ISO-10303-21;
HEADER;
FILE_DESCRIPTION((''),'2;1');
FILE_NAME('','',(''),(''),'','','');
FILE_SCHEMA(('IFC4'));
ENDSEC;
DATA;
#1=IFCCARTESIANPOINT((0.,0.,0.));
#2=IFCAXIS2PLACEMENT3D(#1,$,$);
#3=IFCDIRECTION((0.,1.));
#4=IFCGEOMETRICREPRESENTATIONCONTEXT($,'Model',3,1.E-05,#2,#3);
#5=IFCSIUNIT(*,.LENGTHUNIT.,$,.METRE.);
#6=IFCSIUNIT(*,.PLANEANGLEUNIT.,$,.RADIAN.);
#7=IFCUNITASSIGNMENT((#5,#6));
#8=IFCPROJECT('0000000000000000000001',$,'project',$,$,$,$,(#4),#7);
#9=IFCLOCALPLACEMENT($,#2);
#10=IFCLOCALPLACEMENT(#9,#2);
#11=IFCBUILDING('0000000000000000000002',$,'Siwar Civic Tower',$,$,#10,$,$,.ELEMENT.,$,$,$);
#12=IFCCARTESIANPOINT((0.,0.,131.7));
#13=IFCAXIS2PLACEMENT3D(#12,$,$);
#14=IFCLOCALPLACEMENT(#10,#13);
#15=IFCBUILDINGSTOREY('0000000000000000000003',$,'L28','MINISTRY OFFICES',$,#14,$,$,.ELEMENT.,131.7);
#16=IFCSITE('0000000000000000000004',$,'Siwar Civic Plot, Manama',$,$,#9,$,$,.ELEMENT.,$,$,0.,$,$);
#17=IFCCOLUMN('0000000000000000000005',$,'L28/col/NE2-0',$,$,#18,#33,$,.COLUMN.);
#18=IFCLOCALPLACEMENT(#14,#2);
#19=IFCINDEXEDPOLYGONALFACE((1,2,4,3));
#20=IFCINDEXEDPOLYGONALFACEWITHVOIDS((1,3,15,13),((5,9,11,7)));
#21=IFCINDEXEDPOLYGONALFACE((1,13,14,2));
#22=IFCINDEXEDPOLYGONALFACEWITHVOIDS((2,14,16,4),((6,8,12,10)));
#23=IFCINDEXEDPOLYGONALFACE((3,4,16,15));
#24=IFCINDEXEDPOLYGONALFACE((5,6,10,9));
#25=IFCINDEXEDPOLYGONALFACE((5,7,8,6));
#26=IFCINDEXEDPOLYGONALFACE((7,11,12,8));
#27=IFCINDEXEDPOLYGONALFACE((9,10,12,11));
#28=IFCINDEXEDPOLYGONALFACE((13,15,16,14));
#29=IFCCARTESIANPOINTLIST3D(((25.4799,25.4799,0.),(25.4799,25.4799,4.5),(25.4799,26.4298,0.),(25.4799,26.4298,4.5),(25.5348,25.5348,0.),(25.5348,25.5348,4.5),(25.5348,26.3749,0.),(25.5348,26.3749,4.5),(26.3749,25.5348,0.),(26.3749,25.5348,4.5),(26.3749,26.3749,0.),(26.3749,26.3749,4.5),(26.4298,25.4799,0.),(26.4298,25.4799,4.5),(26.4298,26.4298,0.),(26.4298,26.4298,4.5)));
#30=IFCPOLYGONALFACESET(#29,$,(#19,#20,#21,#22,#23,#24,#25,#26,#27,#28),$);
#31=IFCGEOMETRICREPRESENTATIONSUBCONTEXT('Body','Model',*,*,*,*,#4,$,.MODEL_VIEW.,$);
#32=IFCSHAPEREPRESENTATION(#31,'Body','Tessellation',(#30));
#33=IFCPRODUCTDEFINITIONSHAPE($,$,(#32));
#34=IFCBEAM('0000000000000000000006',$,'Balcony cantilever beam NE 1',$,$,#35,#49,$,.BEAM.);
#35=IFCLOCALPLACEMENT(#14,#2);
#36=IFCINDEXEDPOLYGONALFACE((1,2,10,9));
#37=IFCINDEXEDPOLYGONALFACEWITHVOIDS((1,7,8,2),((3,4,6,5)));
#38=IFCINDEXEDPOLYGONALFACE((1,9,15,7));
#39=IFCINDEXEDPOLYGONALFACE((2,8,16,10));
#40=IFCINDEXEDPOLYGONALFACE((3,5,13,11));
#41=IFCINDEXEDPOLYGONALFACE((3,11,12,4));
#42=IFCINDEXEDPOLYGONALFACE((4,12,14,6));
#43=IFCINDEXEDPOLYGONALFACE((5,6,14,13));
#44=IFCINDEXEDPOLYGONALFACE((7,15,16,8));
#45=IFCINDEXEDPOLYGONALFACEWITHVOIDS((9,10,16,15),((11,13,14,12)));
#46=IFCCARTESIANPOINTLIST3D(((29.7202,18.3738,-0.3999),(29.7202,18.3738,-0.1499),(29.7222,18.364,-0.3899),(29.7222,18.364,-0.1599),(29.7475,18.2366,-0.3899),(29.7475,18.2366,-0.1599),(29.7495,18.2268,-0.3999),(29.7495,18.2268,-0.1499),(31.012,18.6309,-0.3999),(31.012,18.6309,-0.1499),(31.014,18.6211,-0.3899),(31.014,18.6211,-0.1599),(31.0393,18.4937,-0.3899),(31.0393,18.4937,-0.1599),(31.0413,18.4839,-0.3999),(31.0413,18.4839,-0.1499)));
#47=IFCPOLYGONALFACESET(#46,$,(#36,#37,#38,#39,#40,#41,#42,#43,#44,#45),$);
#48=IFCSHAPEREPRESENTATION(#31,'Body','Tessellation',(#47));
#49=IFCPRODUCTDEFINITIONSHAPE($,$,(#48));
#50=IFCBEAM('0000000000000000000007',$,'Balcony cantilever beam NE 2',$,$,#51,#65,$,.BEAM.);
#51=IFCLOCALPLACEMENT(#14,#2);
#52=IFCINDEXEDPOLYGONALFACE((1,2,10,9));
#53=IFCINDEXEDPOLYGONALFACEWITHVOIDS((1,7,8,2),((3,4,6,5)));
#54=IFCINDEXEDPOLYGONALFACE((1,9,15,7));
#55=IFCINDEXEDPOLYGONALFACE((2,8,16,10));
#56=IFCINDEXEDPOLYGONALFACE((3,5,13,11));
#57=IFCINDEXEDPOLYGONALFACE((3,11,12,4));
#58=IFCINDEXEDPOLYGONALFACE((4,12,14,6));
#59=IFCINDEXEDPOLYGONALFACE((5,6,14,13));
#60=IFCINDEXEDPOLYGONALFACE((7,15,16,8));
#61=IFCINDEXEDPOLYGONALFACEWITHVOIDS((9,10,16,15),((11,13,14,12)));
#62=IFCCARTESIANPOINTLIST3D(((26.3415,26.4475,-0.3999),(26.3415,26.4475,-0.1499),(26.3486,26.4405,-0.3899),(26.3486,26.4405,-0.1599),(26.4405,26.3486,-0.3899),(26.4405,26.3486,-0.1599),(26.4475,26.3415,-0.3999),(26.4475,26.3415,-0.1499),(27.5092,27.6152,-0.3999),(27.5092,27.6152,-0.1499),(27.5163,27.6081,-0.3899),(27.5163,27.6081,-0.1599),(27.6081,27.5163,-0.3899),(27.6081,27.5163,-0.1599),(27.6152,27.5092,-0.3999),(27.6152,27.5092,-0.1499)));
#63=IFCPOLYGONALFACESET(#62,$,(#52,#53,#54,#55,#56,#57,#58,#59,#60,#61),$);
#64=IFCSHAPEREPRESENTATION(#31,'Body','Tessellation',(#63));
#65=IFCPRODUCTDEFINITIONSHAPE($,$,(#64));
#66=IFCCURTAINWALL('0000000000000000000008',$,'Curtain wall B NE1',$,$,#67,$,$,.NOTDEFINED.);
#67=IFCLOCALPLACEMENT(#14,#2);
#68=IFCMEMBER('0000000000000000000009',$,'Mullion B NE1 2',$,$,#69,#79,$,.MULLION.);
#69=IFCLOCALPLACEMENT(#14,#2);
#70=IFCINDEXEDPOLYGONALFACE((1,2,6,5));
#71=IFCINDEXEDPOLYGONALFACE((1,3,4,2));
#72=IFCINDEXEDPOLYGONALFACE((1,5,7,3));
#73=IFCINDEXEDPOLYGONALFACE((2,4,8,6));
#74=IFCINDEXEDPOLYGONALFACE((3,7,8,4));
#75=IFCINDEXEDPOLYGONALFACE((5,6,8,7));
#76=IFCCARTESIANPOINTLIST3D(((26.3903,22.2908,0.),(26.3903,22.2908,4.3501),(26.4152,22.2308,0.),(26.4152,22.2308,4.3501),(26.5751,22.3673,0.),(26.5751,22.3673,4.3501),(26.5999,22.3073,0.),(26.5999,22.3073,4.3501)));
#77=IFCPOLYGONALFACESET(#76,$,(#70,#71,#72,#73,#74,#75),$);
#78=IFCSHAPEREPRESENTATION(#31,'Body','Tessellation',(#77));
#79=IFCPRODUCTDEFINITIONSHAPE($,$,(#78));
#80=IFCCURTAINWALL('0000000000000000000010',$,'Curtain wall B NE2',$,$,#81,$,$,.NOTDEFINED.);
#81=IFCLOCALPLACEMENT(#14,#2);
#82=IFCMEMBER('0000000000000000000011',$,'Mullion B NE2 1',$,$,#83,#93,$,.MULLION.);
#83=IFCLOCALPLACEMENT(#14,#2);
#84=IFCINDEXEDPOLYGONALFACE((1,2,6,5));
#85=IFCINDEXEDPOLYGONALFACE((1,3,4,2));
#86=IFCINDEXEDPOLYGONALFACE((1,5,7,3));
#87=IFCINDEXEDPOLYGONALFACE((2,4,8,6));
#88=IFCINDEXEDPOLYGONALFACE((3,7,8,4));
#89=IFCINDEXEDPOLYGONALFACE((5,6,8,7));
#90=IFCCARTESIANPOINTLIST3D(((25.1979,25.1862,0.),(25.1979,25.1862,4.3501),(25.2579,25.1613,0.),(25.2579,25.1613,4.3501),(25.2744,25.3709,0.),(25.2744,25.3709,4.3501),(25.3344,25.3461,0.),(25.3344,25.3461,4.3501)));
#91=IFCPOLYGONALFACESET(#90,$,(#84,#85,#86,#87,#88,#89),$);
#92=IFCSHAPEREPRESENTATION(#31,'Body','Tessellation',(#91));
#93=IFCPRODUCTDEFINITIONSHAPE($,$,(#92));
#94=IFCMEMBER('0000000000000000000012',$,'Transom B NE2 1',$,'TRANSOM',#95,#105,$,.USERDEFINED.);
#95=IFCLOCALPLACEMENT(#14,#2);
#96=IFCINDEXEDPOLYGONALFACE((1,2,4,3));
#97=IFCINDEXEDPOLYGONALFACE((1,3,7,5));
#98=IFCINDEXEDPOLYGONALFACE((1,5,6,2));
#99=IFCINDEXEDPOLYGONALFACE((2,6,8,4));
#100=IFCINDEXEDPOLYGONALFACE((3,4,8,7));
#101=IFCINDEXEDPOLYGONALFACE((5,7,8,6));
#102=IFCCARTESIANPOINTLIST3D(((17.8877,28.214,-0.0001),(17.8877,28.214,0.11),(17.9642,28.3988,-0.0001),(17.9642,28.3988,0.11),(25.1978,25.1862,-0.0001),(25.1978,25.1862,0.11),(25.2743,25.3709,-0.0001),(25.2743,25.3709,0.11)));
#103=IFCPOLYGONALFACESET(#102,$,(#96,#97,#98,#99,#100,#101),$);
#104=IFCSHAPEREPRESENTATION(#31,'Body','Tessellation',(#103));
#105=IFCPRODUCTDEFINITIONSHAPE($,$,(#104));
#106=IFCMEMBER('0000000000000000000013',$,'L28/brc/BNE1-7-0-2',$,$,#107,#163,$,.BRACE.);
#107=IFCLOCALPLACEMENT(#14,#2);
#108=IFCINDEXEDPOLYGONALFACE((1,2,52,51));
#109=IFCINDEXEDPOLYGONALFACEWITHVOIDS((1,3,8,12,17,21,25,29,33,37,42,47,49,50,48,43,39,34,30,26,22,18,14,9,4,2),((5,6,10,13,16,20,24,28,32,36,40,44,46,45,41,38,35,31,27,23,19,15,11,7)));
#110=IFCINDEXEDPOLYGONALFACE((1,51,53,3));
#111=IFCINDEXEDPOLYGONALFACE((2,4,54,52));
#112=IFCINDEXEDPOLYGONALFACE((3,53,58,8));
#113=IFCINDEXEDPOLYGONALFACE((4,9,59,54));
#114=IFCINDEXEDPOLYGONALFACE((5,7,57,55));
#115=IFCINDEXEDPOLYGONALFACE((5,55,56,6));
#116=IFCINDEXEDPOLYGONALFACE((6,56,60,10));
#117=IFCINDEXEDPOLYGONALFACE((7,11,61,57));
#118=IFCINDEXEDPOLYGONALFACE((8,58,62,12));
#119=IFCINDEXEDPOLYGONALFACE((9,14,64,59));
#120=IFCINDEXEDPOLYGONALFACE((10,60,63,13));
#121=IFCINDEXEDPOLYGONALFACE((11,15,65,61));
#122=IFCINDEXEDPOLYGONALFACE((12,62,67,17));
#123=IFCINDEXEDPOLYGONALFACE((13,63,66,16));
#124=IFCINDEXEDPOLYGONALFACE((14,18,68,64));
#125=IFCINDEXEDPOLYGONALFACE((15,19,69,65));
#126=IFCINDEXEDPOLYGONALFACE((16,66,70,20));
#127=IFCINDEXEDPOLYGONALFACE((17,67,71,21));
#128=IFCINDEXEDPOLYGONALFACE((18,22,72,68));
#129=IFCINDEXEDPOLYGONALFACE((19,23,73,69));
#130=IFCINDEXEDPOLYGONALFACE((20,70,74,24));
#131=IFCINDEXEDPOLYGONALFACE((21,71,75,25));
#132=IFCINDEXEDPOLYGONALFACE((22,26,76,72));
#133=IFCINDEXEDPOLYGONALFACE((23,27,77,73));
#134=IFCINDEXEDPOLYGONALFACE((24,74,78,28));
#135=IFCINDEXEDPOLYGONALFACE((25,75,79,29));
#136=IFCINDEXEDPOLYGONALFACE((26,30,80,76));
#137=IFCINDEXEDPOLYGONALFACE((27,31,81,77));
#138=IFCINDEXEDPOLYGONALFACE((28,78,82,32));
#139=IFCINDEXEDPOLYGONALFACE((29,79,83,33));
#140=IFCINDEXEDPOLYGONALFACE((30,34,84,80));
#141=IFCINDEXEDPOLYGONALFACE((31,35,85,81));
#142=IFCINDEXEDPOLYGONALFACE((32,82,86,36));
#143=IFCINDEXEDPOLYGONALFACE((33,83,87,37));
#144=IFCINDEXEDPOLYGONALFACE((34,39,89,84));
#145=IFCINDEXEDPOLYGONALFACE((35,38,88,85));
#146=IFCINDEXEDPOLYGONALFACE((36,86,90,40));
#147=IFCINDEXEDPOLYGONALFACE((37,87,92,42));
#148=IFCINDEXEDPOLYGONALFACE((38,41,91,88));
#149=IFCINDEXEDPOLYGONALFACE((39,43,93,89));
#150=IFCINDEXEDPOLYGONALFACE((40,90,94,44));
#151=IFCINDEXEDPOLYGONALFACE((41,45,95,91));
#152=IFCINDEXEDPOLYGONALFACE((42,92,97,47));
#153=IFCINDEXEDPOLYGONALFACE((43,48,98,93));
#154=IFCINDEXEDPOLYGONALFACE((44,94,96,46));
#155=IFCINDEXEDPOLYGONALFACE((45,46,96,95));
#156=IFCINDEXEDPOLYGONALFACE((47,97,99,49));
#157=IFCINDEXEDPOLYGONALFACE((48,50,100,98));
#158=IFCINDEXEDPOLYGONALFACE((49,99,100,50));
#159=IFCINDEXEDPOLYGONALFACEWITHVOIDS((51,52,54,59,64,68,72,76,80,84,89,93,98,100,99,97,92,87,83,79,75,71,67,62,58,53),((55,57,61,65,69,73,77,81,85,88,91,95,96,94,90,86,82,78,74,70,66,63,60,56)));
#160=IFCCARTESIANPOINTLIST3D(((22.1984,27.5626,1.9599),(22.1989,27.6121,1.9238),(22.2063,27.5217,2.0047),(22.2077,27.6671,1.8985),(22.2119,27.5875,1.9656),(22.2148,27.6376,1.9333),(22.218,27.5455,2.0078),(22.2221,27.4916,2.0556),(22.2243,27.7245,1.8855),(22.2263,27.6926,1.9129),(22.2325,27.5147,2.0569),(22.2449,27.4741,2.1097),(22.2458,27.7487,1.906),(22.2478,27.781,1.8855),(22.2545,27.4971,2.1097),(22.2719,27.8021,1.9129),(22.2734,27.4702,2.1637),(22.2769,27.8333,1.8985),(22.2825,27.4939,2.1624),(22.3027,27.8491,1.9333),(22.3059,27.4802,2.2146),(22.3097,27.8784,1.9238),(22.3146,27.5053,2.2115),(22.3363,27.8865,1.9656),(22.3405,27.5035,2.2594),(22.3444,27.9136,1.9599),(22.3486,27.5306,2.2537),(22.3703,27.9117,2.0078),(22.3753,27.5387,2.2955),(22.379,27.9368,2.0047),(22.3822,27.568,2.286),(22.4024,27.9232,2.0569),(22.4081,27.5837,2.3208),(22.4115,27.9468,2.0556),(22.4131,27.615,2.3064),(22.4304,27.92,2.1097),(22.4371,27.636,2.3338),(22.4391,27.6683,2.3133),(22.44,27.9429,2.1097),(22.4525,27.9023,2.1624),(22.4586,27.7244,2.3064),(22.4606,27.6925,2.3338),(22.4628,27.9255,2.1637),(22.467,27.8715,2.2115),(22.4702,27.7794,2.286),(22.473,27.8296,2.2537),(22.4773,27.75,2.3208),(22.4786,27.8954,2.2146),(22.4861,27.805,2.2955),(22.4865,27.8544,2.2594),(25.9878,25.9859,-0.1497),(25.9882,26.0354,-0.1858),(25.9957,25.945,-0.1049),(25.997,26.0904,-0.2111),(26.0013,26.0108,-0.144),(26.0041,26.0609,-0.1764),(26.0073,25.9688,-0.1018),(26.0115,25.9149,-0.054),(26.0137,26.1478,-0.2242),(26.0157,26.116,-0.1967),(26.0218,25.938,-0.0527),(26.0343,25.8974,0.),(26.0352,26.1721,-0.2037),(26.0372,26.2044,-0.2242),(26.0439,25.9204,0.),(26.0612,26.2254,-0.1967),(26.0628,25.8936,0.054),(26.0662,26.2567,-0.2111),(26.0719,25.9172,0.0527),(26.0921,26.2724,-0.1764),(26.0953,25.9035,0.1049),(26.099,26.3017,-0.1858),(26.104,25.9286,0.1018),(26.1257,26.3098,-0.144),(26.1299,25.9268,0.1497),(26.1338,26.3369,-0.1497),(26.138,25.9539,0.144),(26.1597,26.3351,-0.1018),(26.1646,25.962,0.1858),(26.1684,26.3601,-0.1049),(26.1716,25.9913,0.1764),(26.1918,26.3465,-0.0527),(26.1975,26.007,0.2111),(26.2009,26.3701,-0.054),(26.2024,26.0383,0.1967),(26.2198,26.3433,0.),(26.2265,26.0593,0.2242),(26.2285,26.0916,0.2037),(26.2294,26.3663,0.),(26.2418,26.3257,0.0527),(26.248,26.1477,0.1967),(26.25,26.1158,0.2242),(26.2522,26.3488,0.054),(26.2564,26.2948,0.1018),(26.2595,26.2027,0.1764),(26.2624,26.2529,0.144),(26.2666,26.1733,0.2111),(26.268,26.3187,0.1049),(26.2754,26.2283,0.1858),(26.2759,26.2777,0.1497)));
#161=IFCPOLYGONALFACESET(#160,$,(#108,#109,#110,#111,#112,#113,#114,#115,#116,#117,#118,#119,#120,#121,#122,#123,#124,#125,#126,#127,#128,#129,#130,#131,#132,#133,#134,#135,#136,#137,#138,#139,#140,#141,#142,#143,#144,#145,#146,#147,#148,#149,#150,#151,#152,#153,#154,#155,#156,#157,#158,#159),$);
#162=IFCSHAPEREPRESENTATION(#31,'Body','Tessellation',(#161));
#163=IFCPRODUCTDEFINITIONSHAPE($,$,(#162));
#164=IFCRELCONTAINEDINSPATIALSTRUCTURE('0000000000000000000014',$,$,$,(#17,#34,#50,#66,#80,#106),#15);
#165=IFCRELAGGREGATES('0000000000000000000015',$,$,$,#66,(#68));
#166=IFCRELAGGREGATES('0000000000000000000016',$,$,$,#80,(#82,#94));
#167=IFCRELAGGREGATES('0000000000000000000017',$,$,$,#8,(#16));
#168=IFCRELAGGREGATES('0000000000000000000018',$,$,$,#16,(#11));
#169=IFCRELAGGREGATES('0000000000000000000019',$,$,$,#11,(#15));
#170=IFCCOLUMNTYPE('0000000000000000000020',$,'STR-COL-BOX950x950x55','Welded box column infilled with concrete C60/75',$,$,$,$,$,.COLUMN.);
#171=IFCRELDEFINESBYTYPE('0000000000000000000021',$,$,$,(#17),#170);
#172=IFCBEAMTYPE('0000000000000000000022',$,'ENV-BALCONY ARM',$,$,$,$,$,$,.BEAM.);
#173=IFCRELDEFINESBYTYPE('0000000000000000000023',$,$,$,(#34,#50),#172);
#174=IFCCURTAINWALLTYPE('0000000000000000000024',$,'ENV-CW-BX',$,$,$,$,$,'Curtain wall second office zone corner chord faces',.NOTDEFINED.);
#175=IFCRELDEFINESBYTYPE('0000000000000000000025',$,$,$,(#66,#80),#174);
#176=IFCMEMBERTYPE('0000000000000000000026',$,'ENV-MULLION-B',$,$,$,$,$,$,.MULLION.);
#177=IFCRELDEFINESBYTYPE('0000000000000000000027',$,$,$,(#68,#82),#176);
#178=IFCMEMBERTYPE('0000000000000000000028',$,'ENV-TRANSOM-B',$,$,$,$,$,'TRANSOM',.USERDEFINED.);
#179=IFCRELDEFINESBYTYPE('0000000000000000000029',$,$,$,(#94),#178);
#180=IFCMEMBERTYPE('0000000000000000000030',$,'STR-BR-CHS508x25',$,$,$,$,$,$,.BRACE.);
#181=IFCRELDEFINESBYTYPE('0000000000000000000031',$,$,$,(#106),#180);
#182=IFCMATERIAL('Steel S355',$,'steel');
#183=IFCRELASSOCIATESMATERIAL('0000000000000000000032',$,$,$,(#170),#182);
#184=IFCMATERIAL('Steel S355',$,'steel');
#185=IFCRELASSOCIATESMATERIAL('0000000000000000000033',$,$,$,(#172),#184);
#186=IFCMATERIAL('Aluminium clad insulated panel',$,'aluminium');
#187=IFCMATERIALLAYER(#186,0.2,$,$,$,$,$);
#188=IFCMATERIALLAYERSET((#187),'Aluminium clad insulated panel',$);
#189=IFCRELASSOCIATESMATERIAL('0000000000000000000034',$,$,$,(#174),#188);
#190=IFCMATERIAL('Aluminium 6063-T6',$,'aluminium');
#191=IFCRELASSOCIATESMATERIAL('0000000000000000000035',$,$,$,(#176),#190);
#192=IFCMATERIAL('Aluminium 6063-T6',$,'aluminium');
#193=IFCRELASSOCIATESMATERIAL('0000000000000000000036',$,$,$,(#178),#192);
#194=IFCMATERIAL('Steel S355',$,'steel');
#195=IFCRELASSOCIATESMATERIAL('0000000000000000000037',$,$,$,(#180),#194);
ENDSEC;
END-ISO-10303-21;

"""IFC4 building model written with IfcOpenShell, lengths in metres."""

from ifc_helpers import new_model, si_unit, direction, frame, origin, origin_2d, place, context, subcontext, project, spatial, rectangle, hollow_rectangle, hollow_circle, extrude, material, layer, layer_set, material_profile, profile_set, type_object, element, aggregate, save


model = new_model("IFC4")

# Units and contexts
model_context = context("Model", 3, precision=1e-05, world=origin(), true_north=direction((0.0, 1.0)))
body_context = subcontext(model_context, "Body", "Model", "MODEL_VIEW")
ifc_project = project(units=[si_unit("LENGTHUNIT", "METRE"), si_unit("PLANEANGLEUNIT", "RADIAN")], contexts=[model_context])

# Site, building, storey
site_placement = place(None, origin())
site = spatial("IfcSite", under=ifc_project, at=site_placement, Name="Siwar Civic Plot, Manama", CompositionType="ELEMENT", RefElevation=0.0)
building_placement = place(site_placement, origin())
building = spatial("IfcBuilding", under=site, at=building_placement, Name="Siwar Civic Tower", CompositionType="ELEMENT")
storey_placement = place(building_placement, frame((0.0, 0.0, 131.7)))
storey = spatial("IfcBuildingStorey", under=building, at=storey_placement, Name="L28", Description="MINISTRY OFFICES", CompositionType="ELEMENT", Elevation=131.7)

# Column
ifc_material_1 = material(Name="Steel S355", Category="steel")
ifc_material_profile_1 = material_profile(ifc_material_1, hollow_rectangle(XDim=0.95, YDim=0.95, WallThickness=0.0549, at=origin_2d()), Name="BOX950x950x55")
ifc_profile_set_1 = profile_set([ifc_material_profile_1], Name="Steel S355")
column_type = type_object("IfcColumnType", Name="STR-COL-BOX950x950x55", Description="Welded box column infilled with concrete C60/75", PredefinedType="COLUMN", material=ifc_profile_set_1)
column_placement = place(storey_placement, frame((25.9548, 25.9548, 0.0), z_axis=(0.0, 0.0, 1.0), x_axis=(1.0, 0.0, 0.0)))
element("IfcColumn", 1, at=column_placement, inside=storey, type_object=column_type, Name="L28/col/NE2-0", PredefinedType="COLUMN", context=body_context, shape_type="SweptSolid", body=[
    extrude(hollow_rectangle(XDim=0.95, YDim=0.95, WallThickness=0.0549, at=origin_2d()), origin(), (0.0, 0.0, 1.0), 4.5),
])

# Beams
ifc_material_2 = material(Name="Steel S355", Category="steel")
ifc_material_profile_2 = material_profile(ifc_material_2, hollow_rectangle(XDim=0.1499, YDim=0.25, WallThickness=0.01, at=origin_2d()), Name="RHS250x150x10")
ifc_profile_set_2 = profile_set([ifc_material_profile_2], Name="Steel S355")
beam_type_1 = type_object("IfcBeamType", Name="ENV-BALCONY ARM", PredefinedType="BEAM", material=ifc_profile_set_2)
beam_1_placement = place(storey_placement, frame((29.7349, 18.3003, -0.2749), z_axis=(0.980766, 0.195189, 0.0), x_axis=(-0.195189, 0.980766, 0.0)))
element("IfcBeam", 2, at=beam_1_placement, inside=storey, type_object=beam_type_1, Name="Balcony cantilever beam NE 1", PredefinedType="BEAM", context=body_context, shape_type="SweptSolid", body=[
    extrude(hollow_rectangle(XDim=0.1499, YDim=0.25, WallThickness=0.01, at=origin_2d()), origin(), (0.0, 0.0, 1.0), 1.3171),
])
beam_2_placement = place(storey_placement, frame((26.3945, 26.3945, -0.2749), z_axis=(0.707107, 0.707107, 0.0), x_axis=(-0.707107, 0.707107, 0.0)))
element("IfcBeam", 3, at=beam_2_placement, inside=storey, type_object=beam_type_1, Name="Balcony cantilever beam NE 2", PredefinedType="BEAM", context=body_context, shape_type="SweptSolid", body=[
    extrude(hollow_rectangle(XDim=0.1499, YDim=0.25, WallThickness=0.01, at=origin_2d()), origin(), (0.0, 0.0, 1.0), 1.6514),
])

# Curtain wall, member
ifc_material_3 = material(Name="Aluminium clad insulated panel", Category="aluminium")
ifc_layer_1 = layer(ifc_material_3, 0.2)
ifc_layer_set_1 = layer_set([ifc_layer_1], Name="Aluminium clad insulated panel")
curtain_wall_type = type_object("IfcCurtainWallType", Name="ENV-CW-BX", ElementType="Curtain wall second office zone corner chord faces", PredefinedType="NOTDEFINED", material=ifc_layer_set_1)
curtain_wall_1_placement = place(storey_placement, origin())
curtain_wall_1 = element("IfcCurtainWall", 4, at=curtain_wall_1_placement, inside=storey, type_object=curtain_wall_type, Name="Curtain wall B NE1", PredefinedType="NOTDEFINED")
ifc_material_4 = material(Name="Aluminium 6063-T6", Category="aluminium")
ifc_material_profile_3 = material_profile(ifc_material_4, rectangle(XDim=0.2, YDim=0.0649, at=origin_2d()), Name="AL 200x65")
ifc_profile_set_3 = profile_set([ifc_material_profile_3], Name="Aluminium 6063-T6")
member_type_1 = type_object("IfcMemberType", Name="ENV-MULLION-B", PredefinedType="MULLION", material=ifc_profile_set_3)
member_1_placement = place(storey_placement, frame((26.4951, 22.2991, 0.0), z_axis=(0.0, 0.0, 1.0), x_axis=(-0.92388, -0.382683, 0.0)))
member_1 = element("IfcMember", 5, at=member_1_placement, type_object=member_type_1, Name="Mullion B NE1 2", PredefinedType="MULLION", context=body_context, shape_type="SweptSolid", body=[
    extrude(rectangle(XDim=0.2, YDim=0.0649, at=origin_2d()), origin(), (0.0, 0.0, 1.0), 4.3501),
])

# Curtain wall, members
curtain_wall_2_placement = place(storey_placement, origin())
curtain_wall_2 = element("IfcCurtainWall", 6, at=curtain_wall_2_placement, inside=storey, type_object=curtain_wall_type, Name="Curtain wall B NE2", PredefinedType="NOTDEFINED")
member_2_placement = place(storey_placement, frame((25.2661, 25.2661, 0.0), z_axis=(0.0, 0.0, 1.0), x_axis=(-0.382683, -0.92388, 0.0)))
member_2 = element("IfcMember", 7, at=member_2_placement, type_object=member_type_1, Name="Mullion B NE2 1", PredefinedType="MULLION", context=body_context, shape_type="SweptSolid", body=[
    extrude(rectangle(XDim=0.2, YDim=0.0649, at=origin_2d()), origin(), (0.0, 0.0, 1.0), 4.3501),
])
ifc_material_5 = material(Name="Aluminium 6063-T6", Category="aluminium")
ifc_material_profile_4 = material_profile(ifc_material_5, rectangle(XDim=0.2, YDim=0.1101, at=origin_2d()), Name="AL 200x110")
ifc_profile_set_4 = profile_set([ifc_material_profile_4], Name="Aluminium 6063-T6")
member_type_2 = type_object("IfcMemberType", Name="ENV-TRANSOM-B", ElementType="TRANSOM", PredefinedType="USERDEFINED", material=ifc_profile_set_4)
member_3_placement = place(storey_placement, frame((25.2361, 25.2786, 0.0549), z_axis=(-0.923884, 0.382673, 0.0), x_axis=(-0.382673, -0.923884, 0.0)))
member_3 = element("IfcMember", 8, at=member_3_placement, type_object=member_type_2, Name="Transom B NE2 1", ObjectType="TRANSOM", PredefinedType="USERDEFINED", context=body_context, shape_type="SweptSolid", body=[
    extrude(rectangle(XDim=0.2, YDim=0.1101, at=origin_2d()), origin(), (0.0, 0.0, 1.0), 7.9124),
])

# Member
ifc_material_6 = material(Name="Steel S355", Category="steel")
ifc_material_profile_5 = material_profile(ifc_material_6, hollow_circle(Radius=0.2539, WallThickness=0.0249, at=origin_2d()), Name="CHS508x25")
ifc_profile_set_5 = profile_set([ifc_material_profile_5], Name="Steel S355")
member_type_3 = type_object("IfcMemberType", Name="STR-BR-CHS508x25", PredefinedType="BRACE", material=ifc_profile_set_5)
member_4_placement = place(storey_placement, frame((26.1318, 26.1318, 0.0), z_axis=(-0.821143, 0.341662, 0.457155), x_axis=(-0.384155, -0.923269, 0.0)))
element("IfcMember", 9, at=member_4_placement, inside=storey, type_object=member_type_3, Name="L28/brc/BNE1-7-0-2", PredefinedType="BRACE", context=body_context, shape_type="SweptSolid", body=[
    extrude(hollow_circle(Radius=0.2539, WallThickness=0.0249, at=origin_2d()), origin(), (0.0, 0.0, 1.0), 4.6147),
])

aggregate(curtain_wall_1, [member_1])
aggregate(curtain_wall_2, [member_2, member_3])

save(model, "model.ifc")
